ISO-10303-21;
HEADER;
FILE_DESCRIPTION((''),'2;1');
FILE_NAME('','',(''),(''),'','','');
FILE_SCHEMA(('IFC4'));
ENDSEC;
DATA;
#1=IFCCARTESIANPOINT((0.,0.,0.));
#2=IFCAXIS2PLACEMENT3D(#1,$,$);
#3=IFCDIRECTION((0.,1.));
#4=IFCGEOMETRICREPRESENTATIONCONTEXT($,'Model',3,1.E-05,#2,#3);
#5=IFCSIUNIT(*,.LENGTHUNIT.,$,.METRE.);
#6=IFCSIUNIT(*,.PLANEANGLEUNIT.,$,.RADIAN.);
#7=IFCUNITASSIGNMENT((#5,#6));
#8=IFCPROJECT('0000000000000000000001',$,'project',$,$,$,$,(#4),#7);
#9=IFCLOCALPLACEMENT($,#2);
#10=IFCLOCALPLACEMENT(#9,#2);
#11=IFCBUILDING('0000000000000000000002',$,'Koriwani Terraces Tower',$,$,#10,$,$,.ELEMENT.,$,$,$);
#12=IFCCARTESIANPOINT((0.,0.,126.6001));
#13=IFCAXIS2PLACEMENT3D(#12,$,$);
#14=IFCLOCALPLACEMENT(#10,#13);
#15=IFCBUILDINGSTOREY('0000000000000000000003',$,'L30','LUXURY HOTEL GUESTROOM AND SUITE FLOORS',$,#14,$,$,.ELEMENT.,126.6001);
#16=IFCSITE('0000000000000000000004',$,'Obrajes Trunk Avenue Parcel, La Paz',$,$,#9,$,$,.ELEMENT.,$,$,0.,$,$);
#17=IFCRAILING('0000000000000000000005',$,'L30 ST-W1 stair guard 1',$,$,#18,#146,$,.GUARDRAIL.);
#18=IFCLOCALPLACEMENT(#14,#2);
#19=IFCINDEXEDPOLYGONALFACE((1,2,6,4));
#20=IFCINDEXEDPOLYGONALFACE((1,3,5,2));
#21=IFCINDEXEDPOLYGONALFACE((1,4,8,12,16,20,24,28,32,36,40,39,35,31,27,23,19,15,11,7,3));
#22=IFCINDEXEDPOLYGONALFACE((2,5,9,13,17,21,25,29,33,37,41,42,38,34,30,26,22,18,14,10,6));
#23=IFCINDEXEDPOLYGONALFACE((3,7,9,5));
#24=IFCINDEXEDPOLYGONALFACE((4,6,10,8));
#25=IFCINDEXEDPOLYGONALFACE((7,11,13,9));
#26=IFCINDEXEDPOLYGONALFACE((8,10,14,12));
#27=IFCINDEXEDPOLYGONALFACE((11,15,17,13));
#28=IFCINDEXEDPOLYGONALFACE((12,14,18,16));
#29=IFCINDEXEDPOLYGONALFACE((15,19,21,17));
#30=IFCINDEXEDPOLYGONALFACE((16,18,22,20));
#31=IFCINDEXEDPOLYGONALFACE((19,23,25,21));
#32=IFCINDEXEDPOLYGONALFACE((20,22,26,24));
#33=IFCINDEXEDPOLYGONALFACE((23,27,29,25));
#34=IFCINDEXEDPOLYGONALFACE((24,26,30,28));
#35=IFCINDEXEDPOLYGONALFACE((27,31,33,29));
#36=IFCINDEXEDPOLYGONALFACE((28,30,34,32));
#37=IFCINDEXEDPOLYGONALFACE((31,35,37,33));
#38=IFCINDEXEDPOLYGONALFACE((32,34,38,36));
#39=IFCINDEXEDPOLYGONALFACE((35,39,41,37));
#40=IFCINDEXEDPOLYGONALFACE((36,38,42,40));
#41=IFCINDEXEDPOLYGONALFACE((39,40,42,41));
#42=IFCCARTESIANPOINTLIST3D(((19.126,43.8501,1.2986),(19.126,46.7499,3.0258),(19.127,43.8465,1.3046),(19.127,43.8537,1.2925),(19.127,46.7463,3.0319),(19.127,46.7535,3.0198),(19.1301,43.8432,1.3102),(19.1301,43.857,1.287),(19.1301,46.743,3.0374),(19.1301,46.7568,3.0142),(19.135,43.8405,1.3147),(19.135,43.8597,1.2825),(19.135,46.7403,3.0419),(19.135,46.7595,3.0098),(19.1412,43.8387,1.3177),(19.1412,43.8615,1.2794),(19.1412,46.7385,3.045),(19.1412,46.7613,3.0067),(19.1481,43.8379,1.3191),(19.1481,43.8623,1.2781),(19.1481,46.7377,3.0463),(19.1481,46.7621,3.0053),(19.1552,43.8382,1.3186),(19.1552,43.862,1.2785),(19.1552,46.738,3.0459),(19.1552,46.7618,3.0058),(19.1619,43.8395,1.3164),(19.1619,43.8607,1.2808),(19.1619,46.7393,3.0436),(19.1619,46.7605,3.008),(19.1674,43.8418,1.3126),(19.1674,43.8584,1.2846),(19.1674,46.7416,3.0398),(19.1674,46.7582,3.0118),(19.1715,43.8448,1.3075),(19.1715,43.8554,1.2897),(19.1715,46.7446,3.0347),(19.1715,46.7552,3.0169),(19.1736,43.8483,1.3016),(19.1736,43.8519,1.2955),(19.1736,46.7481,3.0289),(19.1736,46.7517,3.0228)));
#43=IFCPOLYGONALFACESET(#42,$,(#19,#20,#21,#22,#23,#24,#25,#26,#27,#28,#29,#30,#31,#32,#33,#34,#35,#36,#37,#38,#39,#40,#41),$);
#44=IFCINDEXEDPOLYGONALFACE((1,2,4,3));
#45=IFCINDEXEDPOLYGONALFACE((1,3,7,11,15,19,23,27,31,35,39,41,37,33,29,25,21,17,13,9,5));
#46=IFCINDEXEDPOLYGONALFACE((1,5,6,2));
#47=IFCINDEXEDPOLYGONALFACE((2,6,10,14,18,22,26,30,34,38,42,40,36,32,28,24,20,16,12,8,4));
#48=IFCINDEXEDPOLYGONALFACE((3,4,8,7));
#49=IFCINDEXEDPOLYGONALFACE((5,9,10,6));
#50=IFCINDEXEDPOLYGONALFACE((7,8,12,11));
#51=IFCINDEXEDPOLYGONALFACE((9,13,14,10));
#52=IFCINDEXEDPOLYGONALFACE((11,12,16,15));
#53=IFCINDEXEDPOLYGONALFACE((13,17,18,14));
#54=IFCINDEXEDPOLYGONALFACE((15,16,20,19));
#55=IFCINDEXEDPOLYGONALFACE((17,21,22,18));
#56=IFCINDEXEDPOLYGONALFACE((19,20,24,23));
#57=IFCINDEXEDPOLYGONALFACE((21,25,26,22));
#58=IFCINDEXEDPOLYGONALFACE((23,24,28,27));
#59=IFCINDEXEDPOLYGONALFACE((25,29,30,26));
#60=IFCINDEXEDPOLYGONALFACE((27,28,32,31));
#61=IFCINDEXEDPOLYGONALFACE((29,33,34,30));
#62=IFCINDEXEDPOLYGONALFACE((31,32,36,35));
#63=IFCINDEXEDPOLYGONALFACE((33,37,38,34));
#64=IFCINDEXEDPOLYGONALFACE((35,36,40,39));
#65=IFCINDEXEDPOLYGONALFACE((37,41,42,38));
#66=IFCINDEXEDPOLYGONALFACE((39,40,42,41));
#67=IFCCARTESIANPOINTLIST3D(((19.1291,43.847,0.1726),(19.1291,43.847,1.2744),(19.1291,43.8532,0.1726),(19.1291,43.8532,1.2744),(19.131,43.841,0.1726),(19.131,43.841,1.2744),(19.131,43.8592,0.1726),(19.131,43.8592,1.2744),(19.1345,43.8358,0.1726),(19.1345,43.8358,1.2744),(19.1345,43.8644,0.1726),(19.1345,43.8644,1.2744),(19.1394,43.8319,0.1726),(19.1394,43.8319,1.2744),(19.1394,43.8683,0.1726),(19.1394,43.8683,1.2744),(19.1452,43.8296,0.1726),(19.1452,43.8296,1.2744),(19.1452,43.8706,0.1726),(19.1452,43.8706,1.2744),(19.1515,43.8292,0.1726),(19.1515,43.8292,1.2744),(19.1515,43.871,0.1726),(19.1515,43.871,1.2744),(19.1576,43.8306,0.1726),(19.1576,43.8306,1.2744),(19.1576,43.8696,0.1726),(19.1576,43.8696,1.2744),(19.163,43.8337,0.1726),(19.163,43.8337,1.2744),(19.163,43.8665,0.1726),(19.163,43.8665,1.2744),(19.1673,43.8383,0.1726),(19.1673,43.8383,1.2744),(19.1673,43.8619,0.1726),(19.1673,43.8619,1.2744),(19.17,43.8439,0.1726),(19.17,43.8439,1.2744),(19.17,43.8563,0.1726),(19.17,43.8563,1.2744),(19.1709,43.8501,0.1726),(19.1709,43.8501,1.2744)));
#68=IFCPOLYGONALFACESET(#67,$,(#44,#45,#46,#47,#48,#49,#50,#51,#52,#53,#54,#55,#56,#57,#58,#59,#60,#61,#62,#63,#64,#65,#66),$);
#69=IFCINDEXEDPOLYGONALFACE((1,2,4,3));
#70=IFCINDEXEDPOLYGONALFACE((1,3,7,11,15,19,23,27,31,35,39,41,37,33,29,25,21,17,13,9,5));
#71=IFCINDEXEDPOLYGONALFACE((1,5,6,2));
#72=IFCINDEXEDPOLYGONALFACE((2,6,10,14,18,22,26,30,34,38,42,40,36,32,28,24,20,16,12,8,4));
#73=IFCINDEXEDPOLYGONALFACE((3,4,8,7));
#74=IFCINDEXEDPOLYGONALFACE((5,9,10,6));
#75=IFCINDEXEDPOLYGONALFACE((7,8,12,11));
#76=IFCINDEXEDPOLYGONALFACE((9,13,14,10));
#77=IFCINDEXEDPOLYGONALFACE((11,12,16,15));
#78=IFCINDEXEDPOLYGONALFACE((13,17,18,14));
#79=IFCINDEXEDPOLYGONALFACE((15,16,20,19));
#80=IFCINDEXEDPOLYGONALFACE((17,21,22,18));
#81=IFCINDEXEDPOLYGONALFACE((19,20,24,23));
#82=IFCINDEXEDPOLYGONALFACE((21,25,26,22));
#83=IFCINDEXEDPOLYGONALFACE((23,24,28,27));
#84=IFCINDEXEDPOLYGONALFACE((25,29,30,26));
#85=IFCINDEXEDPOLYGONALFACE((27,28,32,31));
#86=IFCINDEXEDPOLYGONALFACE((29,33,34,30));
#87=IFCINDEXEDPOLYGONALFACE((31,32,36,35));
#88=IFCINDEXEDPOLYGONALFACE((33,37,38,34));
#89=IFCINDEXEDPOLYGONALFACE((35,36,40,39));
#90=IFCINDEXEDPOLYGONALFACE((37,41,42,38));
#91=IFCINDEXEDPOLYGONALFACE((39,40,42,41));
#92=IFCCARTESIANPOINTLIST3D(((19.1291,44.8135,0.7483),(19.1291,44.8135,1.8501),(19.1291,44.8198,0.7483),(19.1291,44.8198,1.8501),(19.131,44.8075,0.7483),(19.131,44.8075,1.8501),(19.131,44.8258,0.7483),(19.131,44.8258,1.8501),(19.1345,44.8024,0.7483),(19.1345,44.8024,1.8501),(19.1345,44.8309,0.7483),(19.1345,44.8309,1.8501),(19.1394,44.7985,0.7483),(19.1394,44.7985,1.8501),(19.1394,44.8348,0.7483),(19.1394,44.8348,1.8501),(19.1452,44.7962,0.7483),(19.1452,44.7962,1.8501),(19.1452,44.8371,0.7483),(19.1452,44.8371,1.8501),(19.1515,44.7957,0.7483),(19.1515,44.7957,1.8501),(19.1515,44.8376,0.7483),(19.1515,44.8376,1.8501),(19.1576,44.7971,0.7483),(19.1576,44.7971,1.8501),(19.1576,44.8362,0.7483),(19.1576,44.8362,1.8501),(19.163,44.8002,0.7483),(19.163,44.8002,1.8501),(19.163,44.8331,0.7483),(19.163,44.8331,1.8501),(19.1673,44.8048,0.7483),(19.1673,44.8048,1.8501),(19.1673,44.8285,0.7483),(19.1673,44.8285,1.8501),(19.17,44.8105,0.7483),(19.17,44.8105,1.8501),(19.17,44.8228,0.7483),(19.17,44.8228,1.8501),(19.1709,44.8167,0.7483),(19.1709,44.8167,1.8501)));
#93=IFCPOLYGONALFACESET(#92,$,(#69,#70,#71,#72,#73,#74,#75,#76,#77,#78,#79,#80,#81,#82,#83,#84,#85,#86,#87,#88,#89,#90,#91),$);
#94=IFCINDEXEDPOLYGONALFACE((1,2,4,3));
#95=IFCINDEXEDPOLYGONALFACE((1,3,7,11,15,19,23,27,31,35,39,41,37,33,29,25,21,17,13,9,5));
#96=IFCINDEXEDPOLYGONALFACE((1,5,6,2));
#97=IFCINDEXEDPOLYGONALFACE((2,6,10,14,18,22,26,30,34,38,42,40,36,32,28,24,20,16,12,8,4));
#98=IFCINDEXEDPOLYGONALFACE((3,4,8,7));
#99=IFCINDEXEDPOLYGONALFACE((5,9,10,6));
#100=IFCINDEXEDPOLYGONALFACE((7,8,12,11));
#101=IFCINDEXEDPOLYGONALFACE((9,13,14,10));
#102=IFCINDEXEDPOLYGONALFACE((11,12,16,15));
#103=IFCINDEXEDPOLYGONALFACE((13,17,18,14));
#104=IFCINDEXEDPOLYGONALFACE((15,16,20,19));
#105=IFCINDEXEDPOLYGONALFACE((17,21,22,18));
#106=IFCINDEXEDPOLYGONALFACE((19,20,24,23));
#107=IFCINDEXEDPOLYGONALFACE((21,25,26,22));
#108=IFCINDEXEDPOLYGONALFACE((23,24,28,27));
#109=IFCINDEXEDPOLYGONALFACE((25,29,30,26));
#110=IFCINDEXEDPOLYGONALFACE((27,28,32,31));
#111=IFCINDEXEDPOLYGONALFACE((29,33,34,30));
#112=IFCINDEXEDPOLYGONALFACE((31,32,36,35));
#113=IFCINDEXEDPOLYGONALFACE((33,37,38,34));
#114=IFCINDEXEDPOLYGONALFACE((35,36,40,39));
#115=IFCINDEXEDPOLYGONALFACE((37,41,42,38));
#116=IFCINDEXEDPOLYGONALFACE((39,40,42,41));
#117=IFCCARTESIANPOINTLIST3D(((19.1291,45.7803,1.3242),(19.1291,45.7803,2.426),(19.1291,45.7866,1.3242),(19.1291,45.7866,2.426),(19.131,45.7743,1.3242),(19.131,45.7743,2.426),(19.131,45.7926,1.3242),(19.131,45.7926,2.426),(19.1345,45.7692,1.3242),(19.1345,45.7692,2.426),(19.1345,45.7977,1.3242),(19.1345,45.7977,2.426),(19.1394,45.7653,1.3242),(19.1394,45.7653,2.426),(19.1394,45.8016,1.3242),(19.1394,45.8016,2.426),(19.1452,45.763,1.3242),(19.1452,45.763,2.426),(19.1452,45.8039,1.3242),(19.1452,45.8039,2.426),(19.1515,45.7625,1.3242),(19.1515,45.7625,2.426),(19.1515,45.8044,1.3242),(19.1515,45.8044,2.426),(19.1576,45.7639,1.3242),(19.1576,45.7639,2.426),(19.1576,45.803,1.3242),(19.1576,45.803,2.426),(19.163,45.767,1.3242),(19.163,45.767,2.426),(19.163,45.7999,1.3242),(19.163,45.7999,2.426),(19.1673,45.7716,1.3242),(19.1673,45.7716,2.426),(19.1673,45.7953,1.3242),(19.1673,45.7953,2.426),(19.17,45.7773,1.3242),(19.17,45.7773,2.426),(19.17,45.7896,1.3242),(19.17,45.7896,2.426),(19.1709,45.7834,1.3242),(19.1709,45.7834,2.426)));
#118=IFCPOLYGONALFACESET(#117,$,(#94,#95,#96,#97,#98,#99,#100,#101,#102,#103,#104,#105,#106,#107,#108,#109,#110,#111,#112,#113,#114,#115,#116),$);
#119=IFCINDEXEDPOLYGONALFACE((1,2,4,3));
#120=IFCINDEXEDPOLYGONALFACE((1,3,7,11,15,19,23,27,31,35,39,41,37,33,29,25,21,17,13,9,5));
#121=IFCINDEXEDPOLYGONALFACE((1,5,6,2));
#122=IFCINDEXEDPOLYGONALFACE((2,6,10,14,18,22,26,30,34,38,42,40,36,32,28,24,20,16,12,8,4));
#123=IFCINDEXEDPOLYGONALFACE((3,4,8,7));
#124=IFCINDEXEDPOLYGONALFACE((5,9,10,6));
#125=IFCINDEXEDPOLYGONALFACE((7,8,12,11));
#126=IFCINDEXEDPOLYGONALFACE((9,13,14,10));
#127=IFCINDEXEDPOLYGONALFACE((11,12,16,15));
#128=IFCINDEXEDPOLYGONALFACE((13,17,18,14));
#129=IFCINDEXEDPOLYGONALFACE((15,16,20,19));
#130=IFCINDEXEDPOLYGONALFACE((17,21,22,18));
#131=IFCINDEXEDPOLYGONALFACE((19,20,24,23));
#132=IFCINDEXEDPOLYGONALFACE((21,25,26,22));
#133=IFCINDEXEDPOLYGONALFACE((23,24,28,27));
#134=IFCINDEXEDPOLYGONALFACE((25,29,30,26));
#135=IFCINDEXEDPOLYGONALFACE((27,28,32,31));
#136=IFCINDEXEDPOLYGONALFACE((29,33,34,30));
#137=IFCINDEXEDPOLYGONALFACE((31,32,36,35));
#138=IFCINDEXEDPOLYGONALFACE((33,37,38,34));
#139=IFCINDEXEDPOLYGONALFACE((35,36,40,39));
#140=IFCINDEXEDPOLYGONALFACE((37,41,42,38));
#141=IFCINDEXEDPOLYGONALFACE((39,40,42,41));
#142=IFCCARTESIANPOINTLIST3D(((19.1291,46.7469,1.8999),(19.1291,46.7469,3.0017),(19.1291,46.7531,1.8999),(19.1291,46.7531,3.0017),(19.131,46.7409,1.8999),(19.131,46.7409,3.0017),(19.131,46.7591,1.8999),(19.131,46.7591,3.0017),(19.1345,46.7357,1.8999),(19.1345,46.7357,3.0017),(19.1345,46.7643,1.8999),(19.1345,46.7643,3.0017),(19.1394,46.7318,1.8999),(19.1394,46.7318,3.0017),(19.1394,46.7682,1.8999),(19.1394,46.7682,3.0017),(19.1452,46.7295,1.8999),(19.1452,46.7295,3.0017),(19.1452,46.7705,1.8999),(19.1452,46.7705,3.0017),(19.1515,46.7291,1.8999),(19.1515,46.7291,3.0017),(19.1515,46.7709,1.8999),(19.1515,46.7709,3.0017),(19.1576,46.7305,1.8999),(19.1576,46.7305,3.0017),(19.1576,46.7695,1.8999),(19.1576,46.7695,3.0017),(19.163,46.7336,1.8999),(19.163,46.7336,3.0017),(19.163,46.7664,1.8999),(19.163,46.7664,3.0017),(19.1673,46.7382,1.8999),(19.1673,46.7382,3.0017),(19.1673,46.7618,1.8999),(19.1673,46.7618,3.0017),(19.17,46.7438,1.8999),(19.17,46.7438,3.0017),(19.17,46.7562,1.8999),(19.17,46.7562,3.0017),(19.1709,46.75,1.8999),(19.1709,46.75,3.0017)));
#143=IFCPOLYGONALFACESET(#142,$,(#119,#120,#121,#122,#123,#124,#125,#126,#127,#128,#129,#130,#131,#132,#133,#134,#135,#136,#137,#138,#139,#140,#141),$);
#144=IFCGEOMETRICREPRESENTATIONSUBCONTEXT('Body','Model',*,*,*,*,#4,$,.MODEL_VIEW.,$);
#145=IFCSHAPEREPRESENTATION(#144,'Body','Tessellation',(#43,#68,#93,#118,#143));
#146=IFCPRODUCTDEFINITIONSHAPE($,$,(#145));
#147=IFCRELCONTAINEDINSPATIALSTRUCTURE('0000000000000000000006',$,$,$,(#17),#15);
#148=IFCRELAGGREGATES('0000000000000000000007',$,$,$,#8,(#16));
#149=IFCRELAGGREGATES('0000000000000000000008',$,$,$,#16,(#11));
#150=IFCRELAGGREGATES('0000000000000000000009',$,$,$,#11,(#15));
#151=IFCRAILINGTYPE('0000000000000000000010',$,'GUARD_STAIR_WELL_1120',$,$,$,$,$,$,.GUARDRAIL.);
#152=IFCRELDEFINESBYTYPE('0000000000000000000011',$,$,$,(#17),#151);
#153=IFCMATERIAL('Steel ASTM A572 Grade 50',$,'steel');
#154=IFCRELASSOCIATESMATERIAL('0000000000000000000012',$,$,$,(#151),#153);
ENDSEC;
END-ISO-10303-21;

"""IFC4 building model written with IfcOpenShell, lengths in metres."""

from ifc_helpers import new_model, si_unit, direction, frame, origin, origin_2d, place, context, subcontext, project, spatial, circle, extrude, material, type_object, element, save


model = new_model("IFC4")

# Units and contexts
model_context = context("Model", 3, precision=1e-05, world=origin(), true_north=direction((0.0, 1.0)))
body_context = subcontext(model_context, "Body", "Model", "MODEL_VIEW")
ifc_project = project(units=[si_unit("LENGTHUNIT", "METRE"), si_unit("PLANEANGLEUNIT", "RADIAN")], contexts=[model_context])

# Site, building, storey
site_placement = place(None, origin())
site = spatial("IfcSite", under=ifc_project, at=site_placement, Name="Obrajes Trunk Avenue Parcel, La Paz", CompositionType="ELEMENT", RefElevation=0.0)
building_placement = place(site_placement, origin())
building = spatial("IfcBuilding", under=site, at=building_placement, Name="Koriwani Terraces Tower", CompositionType="ELEMENT")
storey_placement = place(building_placement, frame((0.0, 0.0, 126.6001)))
storey = spatial("IfcBuildingStorey", under=building, at=storey_placement, Name="L30", Description="LUXURY HOTEL GUESTROOM AND SUITE FLOORS", CompositionType="ELEMENT", Elevation=126.6001)

# Shared definitions
ifc_material_1 = material(Name="Steel ASTM A572 Grade 50", Category="steel")

# Railing
railing_type_1 = type_object("IfcRailingType", Name="GUARD_STAIR_WELL_1120", PredefinedType="GUARDRAIL", material=ifc_material_1)
railing_1_placement = place(storey_placement, frame((19.1499, 43.8501, 0.1726)))
element("IfcRailing", 1, at=railing_1_placement, inside=storey, type_object=railing_type_1, Name="L30 ST-W1 stair guard 1", PredefinedType="GUARDRAIL", context=body_context, shape_type="SweptSolid", body=[
    extrude(circle(Radius=0.0239, at=origin_2d()), frame((0.0, 0.0, 1.126), z_axis=(0.0, 0.859141, 0.511738), x_axis=(-1.0, 0.0, 0.0)), (0.0, 0.0, 1.0), 3.3752),
    extrude(circle(Radius=0.021, at=origin_2d()), origin(), (0.0, 0.0, 1.0), 1.1018),
    extrude(circle(Radius=0.021, at=origin_2d()), frame((0.0, 0.9666, 0.5757)), (0.0, 0.0, 1.0), 1.1018),
    extrude(circle(Radius=0.021, at=origin_2d()), frame((0.0, 1.9333, 1.1516)), (0.0, 0.0, 1.0), 1.1018),
    extrude(circle(Radius=0.021, at=origin_2d()), frame((0.0, 2.8999, 1.7273)), (0.0, 0.0, 1.0), 1.1018),
])

save(model, "model.ifc")
